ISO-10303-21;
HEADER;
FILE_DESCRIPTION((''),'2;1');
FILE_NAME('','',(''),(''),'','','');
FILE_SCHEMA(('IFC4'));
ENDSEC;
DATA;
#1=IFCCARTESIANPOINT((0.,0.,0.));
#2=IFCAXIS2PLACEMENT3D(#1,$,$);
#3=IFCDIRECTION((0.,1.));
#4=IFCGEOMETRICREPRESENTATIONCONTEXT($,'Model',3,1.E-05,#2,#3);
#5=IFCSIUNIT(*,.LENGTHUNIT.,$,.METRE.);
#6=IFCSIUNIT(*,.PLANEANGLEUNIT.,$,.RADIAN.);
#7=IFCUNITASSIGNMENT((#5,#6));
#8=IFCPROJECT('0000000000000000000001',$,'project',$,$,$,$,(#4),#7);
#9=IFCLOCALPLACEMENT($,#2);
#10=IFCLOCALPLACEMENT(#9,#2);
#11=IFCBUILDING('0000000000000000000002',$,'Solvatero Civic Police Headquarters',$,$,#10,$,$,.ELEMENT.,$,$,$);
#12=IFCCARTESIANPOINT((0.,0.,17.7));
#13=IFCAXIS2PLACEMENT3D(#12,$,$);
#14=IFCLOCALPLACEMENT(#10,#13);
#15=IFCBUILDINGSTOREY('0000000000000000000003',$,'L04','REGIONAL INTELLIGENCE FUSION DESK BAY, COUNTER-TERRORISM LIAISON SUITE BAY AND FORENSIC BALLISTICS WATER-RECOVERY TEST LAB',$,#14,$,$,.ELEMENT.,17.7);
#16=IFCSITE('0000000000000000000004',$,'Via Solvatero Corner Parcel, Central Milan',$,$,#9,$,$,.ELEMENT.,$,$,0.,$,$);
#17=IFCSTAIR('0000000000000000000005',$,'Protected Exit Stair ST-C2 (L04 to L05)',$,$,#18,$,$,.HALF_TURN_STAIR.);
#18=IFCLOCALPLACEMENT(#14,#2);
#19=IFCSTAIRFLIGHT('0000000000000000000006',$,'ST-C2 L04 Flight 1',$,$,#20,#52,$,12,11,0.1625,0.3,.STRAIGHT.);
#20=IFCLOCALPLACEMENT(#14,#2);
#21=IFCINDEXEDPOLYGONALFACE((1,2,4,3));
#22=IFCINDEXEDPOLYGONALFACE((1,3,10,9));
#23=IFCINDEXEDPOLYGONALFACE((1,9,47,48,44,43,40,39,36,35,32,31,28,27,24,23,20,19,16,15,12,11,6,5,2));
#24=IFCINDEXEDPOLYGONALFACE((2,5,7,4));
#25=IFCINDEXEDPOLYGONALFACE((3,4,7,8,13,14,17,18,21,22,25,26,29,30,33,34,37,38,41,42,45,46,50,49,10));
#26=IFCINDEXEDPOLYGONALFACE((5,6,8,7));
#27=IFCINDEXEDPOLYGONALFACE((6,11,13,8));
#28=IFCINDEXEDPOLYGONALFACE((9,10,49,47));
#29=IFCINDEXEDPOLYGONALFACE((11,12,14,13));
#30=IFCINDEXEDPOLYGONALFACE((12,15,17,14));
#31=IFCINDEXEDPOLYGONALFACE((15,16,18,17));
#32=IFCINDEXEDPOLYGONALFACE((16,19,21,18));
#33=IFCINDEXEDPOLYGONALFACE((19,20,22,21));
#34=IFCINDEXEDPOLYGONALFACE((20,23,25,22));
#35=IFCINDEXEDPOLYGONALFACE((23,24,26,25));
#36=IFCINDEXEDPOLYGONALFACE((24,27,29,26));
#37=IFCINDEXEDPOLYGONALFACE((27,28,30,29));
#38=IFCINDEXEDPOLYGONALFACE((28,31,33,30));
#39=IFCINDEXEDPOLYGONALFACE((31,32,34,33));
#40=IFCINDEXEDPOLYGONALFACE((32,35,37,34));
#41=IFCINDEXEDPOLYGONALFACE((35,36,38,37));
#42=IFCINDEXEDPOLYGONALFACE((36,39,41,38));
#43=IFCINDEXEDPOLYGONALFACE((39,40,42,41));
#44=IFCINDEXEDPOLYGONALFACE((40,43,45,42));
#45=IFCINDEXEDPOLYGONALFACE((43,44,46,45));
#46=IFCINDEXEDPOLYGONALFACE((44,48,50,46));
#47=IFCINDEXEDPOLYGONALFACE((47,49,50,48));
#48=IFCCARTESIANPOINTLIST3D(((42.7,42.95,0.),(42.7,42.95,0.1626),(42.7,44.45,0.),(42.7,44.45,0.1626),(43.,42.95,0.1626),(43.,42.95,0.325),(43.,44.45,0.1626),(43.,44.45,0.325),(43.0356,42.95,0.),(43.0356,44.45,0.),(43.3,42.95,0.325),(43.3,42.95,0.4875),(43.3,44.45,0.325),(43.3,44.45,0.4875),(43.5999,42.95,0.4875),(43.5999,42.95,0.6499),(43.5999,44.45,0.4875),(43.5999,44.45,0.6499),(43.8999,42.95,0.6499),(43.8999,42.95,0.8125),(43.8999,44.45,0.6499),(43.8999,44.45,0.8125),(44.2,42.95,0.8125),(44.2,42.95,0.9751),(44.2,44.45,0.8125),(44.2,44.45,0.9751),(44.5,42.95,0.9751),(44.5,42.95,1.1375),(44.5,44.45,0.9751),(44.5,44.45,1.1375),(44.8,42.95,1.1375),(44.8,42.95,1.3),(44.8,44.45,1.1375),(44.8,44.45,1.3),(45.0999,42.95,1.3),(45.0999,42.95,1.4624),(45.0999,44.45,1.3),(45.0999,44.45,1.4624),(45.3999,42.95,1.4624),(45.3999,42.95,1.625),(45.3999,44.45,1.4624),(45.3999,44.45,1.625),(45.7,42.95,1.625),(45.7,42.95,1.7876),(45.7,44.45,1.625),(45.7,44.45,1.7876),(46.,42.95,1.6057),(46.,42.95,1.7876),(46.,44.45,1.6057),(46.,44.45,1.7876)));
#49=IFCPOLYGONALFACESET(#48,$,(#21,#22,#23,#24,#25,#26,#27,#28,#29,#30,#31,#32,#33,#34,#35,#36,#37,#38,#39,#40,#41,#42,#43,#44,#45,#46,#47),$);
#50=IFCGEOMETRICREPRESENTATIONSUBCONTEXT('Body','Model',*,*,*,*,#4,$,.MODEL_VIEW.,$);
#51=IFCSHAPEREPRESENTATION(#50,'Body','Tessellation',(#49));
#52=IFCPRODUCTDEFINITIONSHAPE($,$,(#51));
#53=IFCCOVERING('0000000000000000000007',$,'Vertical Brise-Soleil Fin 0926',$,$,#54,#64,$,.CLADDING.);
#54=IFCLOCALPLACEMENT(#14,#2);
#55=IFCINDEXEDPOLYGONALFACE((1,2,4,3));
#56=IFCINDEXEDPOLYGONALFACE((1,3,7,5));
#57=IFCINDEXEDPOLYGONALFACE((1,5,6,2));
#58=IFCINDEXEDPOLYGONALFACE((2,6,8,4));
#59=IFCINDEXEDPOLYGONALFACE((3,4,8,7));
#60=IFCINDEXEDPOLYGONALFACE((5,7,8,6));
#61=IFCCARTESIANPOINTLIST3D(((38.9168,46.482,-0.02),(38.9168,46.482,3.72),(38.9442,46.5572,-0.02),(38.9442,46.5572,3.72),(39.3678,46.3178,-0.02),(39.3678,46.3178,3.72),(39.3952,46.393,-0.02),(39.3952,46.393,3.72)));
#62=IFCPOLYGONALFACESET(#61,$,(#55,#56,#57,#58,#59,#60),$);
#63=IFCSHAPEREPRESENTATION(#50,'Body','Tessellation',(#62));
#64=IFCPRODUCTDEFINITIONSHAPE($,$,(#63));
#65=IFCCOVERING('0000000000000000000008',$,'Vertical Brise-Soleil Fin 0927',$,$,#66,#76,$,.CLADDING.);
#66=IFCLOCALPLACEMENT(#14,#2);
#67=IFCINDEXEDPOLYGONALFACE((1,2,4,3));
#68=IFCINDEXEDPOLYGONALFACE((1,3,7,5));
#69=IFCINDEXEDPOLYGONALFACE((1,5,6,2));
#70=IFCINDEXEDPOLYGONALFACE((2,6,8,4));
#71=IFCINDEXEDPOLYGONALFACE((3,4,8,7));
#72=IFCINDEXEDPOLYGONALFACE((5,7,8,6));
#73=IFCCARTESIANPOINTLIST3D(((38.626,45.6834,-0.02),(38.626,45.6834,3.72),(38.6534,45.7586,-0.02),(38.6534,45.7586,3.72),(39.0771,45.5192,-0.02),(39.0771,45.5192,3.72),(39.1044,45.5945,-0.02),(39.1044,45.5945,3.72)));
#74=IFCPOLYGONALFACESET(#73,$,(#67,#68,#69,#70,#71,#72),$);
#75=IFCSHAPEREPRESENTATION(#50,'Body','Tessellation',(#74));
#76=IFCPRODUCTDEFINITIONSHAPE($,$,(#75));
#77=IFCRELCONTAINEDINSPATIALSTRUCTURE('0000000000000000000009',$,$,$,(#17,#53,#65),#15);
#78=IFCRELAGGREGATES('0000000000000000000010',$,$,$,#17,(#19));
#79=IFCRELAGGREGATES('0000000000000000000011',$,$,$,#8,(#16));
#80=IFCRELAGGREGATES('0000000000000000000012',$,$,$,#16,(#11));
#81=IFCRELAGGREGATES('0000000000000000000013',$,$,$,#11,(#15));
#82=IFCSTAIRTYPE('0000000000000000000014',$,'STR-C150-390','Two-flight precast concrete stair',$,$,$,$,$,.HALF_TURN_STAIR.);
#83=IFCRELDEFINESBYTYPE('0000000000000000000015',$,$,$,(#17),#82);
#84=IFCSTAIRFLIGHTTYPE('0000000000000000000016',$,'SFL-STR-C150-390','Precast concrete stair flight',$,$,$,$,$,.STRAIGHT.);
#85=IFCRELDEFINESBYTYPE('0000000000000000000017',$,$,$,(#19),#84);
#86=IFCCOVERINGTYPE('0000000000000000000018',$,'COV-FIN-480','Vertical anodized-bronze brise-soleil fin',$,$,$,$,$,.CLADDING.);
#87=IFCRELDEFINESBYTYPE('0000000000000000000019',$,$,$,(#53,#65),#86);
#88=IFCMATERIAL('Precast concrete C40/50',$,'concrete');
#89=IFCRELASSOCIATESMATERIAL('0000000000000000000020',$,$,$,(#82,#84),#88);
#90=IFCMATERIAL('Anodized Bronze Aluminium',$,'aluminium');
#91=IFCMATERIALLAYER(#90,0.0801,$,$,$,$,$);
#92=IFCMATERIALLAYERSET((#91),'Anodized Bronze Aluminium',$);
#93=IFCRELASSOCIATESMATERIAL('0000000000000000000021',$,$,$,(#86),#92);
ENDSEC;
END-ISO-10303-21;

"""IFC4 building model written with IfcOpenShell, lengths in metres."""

from ifc_helpers import new_model, si_unit, direction, frame, origin, origin_2d, place, context, subcontext, project, spatial, polyline, rectangle, outline, extrude, material, layer, layer_set, type_object, element, aggregate, save


model = new_model("IFC4")

# Units and contexts
model_context = context("Model", 3, precision=1e-05, world=origin(), true_north=direction((0.0, 1.0)))
body_context = subcontext(model_context, "Body", "Model", "MODEL_VIEW")
ifc_project = project(units=[si_unit("LENGTHUNIT", "METRE"), si_unit("PLANEANGLEUNIT", "RADIAN")], contexts=[model_context])

# Site, building, storey
site_placement = place(None, origin())
site = spatial("IfcSite", under=ifc_project, at=site_placement, Name="Via Solvatero Corner Parcel, Central Milan", CompositionType="ELEMENT", RefElevation=0.0)
building_placement = place(site_placement, origin())
building = spatial("IfcBuilding", under=site, at=building_placement, Name="Solvatero Civic Police Headquarters", CompositionType="ELEMENT")
storey_placement = place(building_placement, frame((0.0, 0.0, 17.7)))
storey = spatial("IfcBuildingStorey", under=building, at=storey_placement, Name="L04", Description="REGIONAL INTELLIGENCE FUSION DESK BAY, COUNTER-TERRORISM LIAISON SUITE BAY AND FORENSIC BALLISTICS WATER-RECOVERY TEST LAB", CompositionType="ELEMENT", Elevation=17.7)

# Shared definitions
ifc_material_1 = material(Name="Anodized Bronze Aluminium", Category="aluminium")

# Stair, stair flight
ifc_material_2 = material(Name="Precast concrete C40/50", Category="concrete")
stair_type = type_object("IfcStairType", Name="STR-C150-390", Description="Two-flight precast concrete stair", PredefinedType="HALF_TURN_STAIR", material=ifc_material_2)
stair_placement = place(storey_placement, origin())
stair = element("IfcStair", 1, at=stair_placement, inside=storey, type_object=stair_type, Name="Protected Exit Stair ST-C2 (L04 to L05)", PredefinedType="HALF_TURN_STAIR")
stair_flight_type = type_object("IfcStairFlightType", Name="SFL-STR-C150-390", Description="Precast concrete stair flight", PredefinedType="STRAIGHT", material=ifc_material_2)
stair_flight_placement = place(storey_placement, frame((42.7, 43.7, 0.0), z_axis=(0.0, 0.0, 1.0), x_axis=(1.0, 0.0, 0.0)))
stair_flight = element("IfcStairFlight", 2, at=stair_flight_placement, type_object=stair_flight_type, Name="ST-C2 L04 Flight 1", NumberOfRisers=12, NumberOfTreads=11, PredefinedType="STRAIGHT", RiserHeight=0.1625, TreadLength=0.3, context=body_context, shape_type="SweptSolid", body=[
    extrude(outline(polyline([(0.0, 0.0), (0.0, 0.1626), (0.3, 0.1626), (0.3, 0.325), (0.6001, 0.325), (0.6001, 0.4875), (0.8999, 0.4875), (0.8999, 0.6499), (1.2, 0.6499), (1.2, 0.8125), (1.5, 0.8125), (1.5, 0.9751), (1.8, 0.9751), (1.8, 1.1375), (2.1001, 1.1375), (2.1001, 1.3), (2.3999, 1.3), (2.3999, 1.4624), (2.7, 1.4624), (2.7, 1.625), (3.0, 1.625), (3.0, 1.7876), (3.3, 1.7876), (3.3, 1.95), (3.3, 1.6057), (0.3357, 0.0), (0.0, 0.0)])), frame((0.0, 0.75, 0.0), z_axis=(0.0, -1.0, 0.0), x_axis=(1.0, 0.0, 0.0)), (0.0, 0.0, 1.0), 1.5),
])
aggregate(stair, [stair_flight])

# Coverings
ifc_layer_1 = layer(ifc_material_1, 0.0801)
ifc_layer_set_1 = layer_set([ifc_layer_1], Name="Anodized Bronze Aluminium")
covering_type = type_object("IfcCoveringType", Name="COV-FIN-480", Description="Vertical anodized-bronze brise-soleil fin", PredefinedType="CLADDING", material=ifc_layer_set_1)
for number, where, z_axis, x_axis, name in (
    (3, (39.156, 46.4375, -0.02), (0.0, 0.0, 1.0), (-0.34202, -0.939693, 0.0), "Vertical Brise-Soleil Fin 0926"),
    (4, (38.8652, 45.6389, -0.02), (0.0, 0.0, 1.0), (-0.34202, -0.939693, 0.0), "Vertical Brise-Soleil Fin 0927"),
):
    element("IfcCovering", number, at=place(storey_placement, frame(where, z_axis=z_axis, x_axis=x_axis)), inside=storey, type_object=covering_type, Name=name, PredefinedType="CLADDING", context=body_context, shape_type="SweptSolid", body=[
        extrude(rectangle(XDim=0.0801, YDim=0.48, at=origin_2d()), origin(), (0.0, 0.0, 1.0), 3.74),
    ])

save(model, "model.ifc")
